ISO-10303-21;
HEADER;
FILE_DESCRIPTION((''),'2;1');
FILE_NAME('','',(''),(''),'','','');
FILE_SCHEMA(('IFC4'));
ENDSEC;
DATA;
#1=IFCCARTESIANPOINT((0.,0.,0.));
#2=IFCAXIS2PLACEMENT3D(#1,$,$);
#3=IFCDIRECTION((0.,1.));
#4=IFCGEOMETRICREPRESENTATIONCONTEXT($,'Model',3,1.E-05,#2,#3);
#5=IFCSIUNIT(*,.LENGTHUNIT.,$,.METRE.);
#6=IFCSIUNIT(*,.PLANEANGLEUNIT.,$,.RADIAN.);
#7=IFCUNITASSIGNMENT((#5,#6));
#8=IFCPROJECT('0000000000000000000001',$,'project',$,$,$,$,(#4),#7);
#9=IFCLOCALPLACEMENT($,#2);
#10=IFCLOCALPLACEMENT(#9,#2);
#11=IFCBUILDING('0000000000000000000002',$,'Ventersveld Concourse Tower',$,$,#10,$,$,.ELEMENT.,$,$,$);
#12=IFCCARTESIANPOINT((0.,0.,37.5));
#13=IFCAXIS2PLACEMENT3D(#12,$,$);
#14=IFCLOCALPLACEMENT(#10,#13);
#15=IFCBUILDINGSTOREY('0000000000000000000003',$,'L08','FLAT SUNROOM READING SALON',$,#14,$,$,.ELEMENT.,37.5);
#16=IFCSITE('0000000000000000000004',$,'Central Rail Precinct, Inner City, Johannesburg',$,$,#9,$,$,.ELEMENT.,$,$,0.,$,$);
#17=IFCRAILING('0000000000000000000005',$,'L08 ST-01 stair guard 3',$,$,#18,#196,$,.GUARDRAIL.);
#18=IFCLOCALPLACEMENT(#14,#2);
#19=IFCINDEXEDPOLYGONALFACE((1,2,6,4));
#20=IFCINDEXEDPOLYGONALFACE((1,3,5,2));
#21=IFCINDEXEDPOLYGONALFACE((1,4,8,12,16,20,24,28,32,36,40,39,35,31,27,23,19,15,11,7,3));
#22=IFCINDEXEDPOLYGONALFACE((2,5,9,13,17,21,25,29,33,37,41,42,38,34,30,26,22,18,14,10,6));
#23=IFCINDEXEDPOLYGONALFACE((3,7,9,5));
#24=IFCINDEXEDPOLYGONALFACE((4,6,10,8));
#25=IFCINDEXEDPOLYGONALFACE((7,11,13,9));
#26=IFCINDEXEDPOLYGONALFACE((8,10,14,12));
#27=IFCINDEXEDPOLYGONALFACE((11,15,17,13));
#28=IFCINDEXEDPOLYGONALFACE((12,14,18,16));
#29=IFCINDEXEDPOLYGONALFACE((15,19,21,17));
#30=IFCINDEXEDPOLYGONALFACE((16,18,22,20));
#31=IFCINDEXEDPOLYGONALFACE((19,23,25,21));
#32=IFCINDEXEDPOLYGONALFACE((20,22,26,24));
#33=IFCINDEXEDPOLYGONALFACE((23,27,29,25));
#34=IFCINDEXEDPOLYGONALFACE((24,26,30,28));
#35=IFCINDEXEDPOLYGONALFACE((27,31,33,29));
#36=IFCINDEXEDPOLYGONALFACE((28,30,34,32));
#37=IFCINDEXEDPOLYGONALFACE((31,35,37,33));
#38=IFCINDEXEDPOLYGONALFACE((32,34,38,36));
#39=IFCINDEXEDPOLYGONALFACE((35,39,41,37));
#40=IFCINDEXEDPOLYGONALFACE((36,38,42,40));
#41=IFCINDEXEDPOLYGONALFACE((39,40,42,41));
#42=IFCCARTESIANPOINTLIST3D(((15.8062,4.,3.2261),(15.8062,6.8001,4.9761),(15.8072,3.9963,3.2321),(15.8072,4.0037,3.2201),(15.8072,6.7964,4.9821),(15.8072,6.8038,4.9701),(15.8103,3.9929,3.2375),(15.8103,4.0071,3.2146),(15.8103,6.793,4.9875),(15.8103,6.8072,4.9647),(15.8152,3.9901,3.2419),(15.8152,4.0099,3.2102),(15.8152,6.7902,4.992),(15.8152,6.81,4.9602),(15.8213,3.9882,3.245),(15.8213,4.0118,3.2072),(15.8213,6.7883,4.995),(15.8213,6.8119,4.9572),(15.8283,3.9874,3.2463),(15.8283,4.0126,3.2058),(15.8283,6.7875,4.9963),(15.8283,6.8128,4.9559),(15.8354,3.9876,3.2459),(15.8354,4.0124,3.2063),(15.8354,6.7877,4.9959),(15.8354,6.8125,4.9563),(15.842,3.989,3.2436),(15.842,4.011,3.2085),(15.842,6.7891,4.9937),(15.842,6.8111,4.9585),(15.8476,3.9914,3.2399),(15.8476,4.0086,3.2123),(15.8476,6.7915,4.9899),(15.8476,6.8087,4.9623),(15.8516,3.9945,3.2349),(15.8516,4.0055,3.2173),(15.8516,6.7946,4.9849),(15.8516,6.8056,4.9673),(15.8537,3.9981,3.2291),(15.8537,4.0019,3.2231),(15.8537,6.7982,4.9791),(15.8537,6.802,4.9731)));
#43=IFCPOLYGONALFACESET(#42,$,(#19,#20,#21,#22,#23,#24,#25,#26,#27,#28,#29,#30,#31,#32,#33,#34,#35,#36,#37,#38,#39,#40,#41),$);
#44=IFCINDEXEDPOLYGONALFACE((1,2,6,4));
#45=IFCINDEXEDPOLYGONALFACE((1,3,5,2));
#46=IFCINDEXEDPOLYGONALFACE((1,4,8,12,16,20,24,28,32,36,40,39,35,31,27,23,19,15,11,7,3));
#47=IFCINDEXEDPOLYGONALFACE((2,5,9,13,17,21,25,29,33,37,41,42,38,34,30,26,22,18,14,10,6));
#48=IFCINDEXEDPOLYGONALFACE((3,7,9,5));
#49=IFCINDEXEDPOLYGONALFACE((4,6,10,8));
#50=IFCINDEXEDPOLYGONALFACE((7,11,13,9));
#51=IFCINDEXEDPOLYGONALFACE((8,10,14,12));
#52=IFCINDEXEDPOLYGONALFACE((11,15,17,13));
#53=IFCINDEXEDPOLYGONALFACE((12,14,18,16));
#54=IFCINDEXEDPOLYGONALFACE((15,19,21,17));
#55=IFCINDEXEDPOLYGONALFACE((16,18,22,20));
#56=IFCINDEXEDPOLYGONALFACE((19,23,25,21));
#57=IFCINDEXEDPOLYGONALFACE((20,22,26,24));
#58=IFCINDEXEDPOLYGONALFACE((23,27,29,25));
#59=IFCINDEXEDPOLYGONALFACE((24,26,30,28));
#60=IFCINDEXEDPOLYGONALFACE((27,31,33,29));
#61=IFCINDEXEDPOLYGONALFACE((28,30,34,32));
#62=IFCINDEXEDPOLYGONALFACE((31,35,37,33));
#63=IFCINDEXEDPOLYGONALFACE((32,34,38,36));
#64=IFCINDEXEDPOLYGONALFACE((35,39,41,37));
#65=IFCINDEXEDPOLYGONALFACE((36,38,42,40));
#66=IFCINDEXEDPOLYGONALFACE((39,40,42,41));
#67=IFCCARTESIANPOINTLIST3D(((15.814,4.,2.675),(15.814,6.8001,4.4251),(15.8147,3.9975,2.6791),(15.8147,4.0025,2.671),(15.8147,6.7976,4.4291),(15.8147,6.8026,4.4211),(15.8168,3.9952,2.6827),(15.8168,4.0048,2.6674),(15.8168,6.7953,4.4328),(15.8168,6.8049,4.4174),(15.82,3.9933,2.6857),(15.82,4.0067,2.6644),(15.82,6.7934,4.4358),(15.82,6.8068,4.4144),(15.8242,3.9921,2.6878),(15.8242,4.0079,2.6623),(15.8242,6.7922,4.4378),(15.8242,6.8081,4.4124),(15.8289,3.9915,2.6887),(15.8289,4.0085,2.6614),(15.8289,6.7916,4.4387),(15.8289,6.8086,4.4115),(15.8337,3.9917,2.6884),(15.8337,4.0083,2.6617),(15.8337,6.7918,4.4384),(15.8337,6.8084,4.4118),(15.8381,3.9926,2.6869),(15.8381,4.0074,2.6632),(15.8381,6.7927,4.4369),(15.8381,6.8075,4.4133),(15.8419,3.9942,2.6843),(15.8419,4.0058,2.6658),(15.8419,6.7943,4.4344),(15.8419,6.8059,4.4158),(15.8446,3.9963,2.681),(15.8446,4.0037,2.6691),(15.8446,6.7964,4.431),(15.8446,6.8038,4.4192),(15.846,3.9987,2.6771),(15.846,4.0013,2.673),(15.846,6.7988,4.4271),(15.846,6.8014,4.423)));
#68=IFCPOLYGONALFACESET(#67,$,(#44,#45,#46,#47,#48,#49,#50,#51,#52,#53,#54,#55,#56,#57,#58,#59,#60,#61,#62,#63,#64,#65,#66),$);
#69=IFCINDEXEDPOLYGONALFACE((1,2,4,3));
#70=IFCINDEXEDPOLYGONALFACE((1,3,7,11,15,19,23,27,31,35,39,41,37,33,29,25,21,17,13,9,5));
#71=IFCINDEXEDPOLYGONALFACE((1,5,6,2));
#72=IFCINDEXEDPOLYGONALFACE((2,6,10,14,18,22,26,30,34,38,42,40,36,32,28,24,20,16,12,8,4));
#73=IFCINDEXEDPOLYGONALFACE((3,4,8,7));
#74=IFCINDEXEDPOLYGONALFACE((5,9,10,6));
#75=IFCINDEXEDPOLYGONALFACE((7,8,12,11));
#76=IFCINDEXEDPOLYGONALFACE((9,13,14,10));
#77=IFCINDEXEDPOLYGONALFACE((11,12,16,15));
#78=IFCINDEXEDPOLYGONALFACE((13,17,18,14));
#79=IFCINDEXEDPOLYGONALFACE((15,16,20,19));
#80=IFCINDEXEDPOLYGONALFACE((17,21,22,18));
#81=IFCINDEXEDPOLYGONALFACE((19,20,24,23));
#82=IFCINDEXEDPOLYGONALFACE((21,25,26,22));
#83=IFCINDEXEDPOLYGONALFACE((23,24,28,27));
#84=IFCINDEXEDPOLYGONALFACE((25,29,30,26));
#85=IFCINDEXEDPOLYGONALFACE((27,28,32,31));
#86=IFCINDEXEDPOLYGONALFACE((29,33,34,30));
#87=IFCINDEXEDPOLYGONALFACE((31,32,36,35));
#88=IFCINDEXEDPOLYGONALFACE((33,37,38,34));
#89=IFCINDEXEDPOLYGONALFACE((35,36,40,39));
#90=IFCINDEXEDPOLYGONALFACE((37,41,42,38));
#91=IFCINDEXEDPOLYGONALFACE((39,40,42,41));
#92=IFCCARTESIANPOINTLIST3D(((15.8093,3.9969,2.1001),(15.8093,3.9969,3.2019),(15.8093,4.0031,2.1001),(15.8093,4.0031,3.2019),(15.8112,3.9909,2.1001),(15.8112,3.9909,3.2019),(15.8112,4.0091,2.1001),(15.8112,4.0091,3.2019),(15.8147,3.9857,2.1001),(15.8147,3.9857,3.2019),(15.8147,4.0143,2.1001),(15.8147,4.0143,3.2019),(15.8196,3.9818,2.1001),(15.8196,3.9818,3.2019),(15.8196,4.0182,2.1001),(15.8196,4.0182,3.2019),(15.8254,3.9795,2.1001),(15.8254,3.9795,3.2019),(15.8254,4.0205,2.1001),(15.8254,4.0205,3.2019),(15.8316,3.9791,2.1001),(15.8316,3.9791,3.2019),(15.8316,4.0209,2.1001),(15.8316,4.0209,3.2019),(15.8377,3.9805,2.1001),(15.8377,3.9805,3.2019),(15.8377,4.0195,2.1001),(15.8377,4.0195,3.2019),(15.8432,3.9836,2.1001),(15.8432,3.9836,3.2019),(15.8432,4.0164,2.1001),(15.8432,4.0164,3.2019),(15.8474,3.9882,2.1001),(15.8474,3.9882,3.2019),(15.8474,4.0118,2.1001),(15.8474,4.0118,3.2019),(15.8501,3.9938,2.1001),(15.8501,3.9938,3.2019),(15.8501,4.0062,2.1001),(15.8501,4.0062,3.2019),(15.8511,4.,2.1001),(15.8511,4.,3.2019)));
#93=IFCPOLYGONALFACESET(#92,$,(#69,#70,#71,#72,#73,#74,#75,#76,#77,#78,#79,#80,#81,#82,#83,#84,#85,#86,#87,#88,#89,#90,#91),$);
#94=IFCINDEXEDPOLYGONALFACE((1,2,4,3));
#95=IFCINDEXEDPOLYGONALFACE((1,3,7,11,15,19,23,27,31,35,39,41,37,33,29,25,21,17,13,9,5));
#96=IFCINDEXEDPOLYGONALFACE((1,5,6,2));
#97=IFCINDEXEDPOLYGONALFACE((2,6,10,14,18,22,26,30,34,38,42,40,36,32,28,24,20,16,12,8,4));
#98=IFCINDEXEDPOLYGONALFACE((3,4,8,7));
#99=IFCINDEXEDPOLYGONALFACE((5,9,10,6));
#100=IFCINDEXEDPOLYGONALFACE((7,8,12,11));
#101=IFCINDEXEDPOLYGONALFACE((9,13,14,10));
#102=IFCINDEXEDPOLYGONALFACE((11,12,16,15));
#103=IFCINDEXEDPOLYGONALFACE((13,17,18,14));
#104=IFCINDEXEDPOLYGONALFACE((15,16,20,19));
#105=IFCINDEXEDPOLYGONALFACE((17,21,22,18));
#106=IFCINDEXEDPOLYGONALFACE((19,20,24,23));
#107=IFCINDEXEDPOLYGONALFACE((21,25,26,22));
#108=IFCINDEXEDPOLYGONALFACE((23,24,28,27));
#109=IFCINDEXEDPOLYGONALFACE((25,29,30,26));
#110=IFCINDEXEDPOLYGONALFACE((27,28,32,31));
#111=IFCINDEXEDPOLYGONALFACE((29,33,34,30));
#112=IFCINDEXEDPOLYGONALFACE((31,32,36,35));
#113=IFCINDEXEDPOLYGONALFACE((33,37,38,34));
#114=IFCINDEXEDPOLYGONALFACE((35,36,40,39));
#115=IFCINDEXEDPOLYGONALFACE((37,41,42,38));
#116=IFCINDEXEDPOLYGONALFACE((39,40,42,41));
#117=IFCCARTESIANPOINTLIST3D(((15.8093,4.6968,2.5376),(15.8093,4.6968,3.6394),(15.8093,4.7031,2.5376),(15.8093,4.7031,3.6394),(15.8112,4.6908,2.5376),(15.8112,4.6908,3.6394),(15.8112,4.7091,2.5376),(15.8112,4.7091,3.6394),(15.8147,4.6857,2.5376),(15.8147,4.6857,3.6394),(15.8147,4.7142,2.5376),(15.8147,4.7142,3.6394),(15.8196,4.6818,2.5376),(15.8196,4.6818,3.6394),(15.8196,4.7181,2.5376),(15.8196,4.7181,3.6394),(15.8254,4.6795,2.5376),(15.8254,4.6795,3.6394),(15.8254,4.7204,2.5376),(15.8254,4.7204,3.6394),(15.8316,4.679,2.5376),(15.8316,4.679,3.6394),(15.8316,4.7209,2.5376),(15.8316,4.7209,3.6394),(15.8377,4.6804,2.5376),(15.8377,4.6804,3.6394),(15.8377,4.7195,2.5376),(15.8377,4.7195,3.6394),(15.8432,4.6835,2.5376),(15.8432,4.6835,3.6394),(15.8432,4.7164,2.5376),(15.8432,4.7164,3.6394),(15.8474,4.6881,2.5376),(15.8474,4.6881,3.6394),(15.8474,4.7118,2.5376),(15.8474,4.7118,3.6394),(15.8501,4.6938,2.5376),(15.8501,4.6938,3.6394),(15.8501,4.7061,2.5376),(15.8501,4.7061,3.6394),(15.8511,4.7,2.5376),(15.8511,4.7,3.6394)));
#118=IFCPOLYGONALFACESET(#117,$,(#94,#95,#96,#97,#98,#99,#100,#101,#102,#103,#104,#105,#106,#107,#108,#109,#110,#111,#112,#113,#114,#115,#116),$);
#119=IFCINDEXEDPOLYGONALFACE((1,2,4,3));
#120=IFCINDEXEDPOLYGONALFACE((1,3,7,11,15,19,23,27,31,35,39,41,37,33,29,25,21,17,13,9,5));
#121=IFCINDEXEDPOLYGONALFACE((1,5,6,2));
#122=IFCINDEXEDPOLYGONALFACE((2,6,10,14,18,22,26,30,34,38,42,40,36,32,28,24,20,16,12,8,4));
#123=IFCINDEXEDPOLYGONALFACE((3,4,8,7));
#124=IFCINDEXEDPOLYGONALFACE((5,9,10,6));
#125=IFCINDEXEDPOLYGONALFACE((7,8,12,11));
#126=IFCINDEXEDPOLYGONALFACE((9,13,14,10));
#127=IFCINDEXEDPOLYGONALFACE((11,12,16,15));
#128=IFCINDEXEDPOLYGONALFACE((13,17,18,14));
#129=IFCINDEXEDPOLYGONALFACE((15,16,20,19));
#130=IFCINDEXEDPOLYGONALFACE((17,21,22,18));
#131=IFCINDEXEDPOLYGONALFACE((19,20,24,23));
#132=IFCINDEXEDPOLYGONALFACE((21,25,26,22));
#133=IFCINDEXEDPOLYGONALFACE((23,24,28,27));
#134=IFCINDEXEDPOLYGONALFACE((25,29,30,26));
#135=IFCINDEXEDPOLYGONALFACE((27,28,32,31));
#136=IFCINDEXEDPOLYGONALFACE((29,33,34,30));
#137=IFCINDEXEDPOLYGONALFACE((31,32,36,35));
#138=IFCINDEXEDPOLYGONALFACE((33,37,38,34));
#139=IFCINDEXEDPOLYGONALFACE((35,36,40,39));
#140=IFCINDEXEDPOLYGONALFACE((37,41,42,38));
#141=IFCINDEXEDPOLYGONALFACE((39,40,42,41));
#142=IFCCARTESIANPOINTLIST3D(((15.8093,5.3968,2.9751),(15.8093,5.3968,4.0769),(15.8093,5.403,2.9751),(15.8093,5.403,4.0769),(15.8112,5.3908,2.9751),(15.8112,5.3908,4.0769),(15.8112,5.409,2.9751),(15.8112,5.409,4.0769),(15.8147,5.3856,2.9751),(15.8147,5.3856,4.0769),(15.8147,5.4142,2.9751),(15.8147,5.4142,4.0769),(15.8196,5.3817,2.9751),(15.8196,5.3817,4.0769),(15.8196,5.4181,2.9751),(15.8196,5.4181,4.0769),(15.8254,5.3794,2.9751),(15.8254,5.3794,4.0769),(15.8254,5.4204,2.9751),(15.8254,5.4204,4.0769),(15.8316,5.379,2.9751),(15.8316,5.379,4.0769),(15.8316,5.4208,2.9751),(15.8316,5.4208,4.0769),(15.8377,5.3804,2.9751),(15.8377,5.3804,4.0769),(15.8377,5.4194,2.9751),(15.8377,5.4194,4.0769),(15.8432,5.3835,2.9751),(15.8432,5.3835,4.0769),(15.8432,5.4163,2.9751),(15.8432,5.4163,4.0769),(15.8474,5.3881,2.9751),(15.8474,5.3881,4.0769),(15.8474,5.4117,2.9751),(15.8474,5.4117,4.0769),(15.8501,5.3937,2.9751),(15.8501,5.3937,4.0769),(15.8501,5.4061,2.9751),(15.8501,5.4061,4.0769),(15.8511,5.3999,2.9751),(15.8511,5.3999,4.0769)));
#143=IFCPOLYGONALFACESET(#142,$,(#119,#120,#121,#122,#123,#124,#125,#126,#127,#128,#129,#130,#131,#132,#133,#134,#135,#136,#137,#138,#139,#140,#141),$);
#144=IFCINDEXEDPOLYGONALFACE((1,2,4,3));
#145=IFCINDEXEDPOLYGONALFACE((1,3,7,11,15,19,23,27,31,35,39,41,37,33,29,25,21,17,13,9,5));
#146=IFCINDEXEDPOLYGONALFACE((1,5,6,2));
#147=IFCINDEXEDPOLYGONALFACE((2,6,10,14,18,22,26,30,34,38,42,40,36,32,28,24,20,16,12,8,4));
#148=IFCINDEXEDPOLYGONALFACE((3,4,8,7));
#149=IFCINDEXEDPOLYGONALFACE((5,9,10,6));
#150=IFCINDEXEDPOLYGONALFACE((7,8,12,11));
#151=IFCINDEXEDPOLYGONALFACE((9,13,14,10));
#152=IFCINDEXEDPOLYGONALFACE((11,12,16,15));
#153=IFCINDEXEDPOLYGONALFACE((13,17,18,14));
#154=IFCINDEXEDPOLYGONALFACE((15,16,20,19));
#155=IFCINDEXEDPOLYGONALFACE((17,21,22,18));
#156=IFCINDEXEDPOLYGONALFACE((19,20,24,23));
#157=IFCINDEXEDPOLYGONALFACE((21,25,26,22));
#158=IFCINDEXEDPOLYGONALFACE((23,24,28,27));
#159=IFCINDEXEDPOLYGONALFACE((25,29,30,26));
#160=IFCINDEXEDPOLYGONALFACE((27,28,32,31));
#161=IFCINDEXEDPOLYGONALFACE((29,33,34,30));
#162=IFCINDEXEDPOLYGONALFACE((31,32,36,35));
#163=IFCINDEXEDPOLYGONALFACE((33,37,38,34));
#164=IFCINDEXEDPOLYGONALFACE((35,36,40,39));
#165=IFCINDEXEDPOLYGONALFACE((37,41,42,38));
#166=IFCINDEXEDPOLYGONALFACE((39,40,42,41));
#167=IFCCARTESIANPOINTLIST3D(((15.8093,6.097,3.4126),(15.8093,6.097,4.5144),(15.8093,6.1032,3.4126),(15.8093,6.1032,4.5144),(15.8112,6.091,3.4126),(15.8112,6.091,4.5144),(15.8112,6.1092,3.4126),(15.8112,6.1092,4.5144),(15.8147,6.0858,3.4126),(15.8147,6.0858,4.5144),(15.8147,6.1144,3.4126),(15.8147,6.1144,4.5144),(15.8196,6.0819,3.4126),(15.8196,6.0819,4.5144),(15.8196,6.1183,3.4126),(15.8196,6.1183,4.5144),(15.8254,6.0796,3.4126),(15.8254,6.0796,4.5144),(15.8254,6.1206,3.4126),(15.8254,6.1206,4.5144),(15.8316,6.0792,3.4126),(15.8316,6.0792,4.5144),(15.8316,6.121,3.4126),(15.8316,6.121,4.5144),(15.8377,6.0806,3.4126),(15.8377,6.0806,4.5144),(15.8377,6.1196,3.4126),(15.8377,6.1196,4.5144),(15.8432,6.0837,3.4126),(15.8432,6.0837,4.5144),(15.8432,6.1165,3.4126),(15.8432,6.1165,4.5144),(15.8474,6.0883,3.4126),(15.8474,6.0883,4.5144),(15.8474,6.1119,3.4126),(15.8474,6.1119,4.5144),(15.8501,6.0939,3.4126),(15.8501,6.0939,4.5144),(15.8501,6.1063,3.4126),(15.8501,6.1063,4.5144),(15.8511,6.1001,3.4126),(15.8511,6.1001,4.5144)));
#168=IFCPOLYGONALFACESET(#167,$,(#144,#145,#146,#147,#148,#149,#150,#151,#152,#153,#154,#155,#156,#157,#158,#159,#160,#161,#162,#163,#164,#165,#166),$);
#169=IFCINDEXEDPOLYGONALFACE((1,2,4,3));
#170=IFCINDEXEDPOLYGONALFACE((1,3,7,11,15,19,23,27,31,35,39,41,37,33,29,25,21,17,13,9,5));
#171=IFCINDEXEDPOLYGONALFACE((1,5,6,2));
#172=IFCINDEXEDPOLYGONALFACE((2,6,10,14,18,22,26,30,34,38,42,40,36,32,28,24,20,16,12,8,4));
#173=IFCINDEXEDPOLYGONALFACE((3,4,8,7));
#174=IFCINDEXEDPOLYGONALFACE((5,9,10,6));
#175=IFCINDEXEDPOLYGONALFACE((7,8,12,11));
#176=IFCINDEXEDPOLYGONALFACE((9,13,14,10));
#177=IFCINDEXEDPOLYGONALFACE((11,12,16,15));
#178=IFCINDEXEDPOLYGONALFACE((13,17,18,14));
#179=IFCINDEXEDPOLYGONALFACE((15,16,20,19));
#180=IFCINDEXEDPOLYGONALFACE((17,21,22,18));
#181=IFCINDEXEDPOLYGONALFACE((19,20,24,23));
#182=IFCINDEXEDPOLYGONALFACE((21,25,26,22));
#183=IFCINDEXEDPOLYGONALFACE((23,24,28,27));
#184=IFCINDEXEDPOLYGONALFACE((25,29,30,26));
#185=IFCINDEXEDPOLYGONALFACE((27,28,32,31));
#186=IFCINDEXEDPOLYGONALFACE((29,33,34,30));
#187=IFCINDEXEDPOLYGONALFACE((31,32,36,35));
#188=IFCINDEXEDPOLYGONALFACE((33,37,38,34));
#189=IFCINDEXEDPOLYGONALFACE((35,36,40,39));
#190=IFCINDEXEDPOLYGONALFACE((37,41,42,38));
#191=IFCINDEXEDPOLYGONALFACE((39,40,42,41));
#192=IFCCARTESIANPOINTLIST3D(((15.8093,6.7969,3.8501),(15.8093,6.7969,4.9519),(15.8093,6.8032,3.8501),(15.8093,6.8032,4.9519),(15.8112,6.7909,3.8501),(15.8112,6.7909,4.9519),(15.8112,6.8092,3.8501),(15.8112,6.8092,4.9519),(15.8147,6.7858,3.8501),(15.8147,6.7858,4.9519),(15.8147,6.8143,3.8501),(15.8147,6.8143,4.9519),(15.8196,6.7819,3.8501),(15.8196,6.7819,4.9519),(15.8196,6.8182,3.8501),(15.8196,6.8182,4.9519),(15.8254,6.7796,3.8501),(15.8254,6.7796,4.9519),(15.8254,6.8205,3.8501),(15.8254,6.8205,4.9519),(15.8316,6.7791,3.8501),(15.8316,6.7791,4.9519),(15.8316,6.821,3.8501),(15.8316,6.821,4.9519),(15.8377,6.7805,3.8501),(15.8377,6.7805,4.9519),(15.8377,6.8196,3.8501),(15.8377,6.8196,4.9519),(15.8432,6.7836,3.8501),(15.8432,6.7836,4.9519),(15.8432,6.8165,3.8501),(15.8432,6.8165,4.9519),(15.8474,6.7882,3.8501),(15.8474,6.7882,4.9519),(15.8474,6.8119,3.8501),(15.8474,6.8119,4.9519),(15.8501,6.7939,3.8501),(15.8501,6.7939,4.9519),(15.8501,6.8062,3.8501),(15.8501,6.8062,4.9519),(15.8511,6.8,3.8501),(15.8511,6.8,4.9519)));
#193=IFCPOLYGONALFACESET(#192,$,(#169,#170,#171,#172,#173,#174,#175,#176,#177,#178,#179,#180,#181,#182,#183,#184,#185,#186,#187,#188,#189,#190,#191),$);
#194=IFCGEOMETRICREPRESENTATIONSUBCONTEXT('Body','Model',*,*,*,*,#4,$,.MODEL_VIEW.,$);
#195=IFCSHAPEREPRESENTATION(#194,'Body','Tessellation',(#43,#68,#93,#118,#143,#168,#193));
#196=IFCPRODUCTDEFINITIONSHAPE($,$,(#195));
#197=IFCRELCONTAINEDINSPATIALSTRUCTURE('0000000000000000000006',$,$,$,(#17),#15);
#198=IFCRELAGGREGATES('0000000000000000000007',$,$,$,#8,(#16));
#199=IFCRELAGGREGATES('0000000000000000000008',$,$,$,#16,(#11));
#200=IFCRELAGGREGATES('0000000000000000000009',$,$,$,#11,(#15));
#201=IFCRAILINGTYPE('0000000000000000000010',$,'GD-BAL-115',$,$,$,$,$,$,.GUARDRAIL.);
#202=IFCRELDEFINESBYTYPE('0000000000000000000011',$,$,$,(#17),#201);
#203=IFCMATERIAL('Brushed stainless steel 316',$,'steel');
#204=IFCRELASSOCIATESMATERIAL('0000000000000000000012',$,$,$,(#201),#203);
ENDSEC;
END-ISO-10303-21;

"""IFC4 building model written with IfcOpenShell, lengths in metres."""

from ifc_helpers import new_model, si_unit, direction, frame, origin, origin_2d, place, context, subcontext, project, spatial, circle, extrude, material, type_object, element, save


model = new_model("IFC4")

# Units and contexts
model_context = context("Model", 3, precision=1e-05, world=origin(), true_north=direction((0.0, 1.0)))
body_context = subcontext(model_context, "Body", "Model", "MODEL_VIEW")
ifc_project = project(units=[si_unit("LENGTHUNIT", "METRE"), si_unit("PLANEANGLEUNIT", "RADIAN")], contexts=[model_context])

# Site, building, storey
site_placement = place(None, origin())
site = spatial("IfcSite", under=ifc_project, at=site_placement, Name="Central Rail Precinct, Inner City, Johannesburg", CompositionType="ELEMENT", RefElevation=0.0)
building_placement = place(site_placement, origin())
building = spatial("IfcBuilding", under=site, at=building_placement, Name="Ventersveld Concourse Tower", CompositionType="ELEMENT")
storey_placement = place(building_placement, frame((0.0, 0.0, 37.5)))
storey = spatial("IfcBuildingStorey", under=building, at=storey_placement, Name="L08", Description="FLAT SUNROOM READING SALON", CompositionType="ELEMENT", Elevation=37.5)

# Railing
ifc_material_1 = material(Name="Brushed stainless steel 316", Category="steel")
railing_type_1 = type_object("IfcRailingType", Name="GD-BAL-115", PredefinedType="GUARDRAIL", material=ifc_material_1)
railing_1_placement = place(storey_placement, frame((15.8301, 4.0, 2.1001)))
element("IfcRailing", 1, at=railing_1_placement, inside=storey, type_object=railing_type_1, Name="L08 ST-01 stair guard 3", PredefinedType="GUARDRAIL", context=body_context, shape_type="SweptSolid", body=[
    extrude(circle(Radius=0.0239, at=origin_2d()), frame((0.0, 0.0, 1.126), z_axis=(0.0, 0.848002, 0.529992), x_axis=(-1.0, 0.0, 0.0)), (0.0, 0.0, 1.0), 3.302),
    extrude(circle(Radius=0.0161, at=origin_2d()), frame((0.0, 0.0, 0.575), z_axis=(0.0, 0.848002, 0.529992), x_axis=(-1.0, 0.0, 0.0)), (0.0, 0.0, 1.0), 3.302),
    extrude(circle(Radius=0.021, at=origin_2d()), origin(), (0.0, 0.0, 1.0), 1.1018),
    extrude(circle(Radius=0.021, at=origin_2d()), frame((0.0, 0.7, 0.4375)), (0.0, 0.0, 1.0), 1.1018),
    extrude(circle(Radius=0.021, at=origin_2d()), frame((0.0, 1.3999, 0.875)), (0.0, 0.0, 1.0), 1.1018),
    extrude(circle(Radius=0.021, at=origin_2d()), frame((0.0, 2.1001, 1.3125)), (0.0, 0.0, 1.0), 1.1018),
    extrude(circle(Radius=0.021, at=origin_2d()), frame((0.0, 2.8, 1.75)), (0.0, 0.0, 1.0), 1.1018),
])

save(model, "model.ifc")
